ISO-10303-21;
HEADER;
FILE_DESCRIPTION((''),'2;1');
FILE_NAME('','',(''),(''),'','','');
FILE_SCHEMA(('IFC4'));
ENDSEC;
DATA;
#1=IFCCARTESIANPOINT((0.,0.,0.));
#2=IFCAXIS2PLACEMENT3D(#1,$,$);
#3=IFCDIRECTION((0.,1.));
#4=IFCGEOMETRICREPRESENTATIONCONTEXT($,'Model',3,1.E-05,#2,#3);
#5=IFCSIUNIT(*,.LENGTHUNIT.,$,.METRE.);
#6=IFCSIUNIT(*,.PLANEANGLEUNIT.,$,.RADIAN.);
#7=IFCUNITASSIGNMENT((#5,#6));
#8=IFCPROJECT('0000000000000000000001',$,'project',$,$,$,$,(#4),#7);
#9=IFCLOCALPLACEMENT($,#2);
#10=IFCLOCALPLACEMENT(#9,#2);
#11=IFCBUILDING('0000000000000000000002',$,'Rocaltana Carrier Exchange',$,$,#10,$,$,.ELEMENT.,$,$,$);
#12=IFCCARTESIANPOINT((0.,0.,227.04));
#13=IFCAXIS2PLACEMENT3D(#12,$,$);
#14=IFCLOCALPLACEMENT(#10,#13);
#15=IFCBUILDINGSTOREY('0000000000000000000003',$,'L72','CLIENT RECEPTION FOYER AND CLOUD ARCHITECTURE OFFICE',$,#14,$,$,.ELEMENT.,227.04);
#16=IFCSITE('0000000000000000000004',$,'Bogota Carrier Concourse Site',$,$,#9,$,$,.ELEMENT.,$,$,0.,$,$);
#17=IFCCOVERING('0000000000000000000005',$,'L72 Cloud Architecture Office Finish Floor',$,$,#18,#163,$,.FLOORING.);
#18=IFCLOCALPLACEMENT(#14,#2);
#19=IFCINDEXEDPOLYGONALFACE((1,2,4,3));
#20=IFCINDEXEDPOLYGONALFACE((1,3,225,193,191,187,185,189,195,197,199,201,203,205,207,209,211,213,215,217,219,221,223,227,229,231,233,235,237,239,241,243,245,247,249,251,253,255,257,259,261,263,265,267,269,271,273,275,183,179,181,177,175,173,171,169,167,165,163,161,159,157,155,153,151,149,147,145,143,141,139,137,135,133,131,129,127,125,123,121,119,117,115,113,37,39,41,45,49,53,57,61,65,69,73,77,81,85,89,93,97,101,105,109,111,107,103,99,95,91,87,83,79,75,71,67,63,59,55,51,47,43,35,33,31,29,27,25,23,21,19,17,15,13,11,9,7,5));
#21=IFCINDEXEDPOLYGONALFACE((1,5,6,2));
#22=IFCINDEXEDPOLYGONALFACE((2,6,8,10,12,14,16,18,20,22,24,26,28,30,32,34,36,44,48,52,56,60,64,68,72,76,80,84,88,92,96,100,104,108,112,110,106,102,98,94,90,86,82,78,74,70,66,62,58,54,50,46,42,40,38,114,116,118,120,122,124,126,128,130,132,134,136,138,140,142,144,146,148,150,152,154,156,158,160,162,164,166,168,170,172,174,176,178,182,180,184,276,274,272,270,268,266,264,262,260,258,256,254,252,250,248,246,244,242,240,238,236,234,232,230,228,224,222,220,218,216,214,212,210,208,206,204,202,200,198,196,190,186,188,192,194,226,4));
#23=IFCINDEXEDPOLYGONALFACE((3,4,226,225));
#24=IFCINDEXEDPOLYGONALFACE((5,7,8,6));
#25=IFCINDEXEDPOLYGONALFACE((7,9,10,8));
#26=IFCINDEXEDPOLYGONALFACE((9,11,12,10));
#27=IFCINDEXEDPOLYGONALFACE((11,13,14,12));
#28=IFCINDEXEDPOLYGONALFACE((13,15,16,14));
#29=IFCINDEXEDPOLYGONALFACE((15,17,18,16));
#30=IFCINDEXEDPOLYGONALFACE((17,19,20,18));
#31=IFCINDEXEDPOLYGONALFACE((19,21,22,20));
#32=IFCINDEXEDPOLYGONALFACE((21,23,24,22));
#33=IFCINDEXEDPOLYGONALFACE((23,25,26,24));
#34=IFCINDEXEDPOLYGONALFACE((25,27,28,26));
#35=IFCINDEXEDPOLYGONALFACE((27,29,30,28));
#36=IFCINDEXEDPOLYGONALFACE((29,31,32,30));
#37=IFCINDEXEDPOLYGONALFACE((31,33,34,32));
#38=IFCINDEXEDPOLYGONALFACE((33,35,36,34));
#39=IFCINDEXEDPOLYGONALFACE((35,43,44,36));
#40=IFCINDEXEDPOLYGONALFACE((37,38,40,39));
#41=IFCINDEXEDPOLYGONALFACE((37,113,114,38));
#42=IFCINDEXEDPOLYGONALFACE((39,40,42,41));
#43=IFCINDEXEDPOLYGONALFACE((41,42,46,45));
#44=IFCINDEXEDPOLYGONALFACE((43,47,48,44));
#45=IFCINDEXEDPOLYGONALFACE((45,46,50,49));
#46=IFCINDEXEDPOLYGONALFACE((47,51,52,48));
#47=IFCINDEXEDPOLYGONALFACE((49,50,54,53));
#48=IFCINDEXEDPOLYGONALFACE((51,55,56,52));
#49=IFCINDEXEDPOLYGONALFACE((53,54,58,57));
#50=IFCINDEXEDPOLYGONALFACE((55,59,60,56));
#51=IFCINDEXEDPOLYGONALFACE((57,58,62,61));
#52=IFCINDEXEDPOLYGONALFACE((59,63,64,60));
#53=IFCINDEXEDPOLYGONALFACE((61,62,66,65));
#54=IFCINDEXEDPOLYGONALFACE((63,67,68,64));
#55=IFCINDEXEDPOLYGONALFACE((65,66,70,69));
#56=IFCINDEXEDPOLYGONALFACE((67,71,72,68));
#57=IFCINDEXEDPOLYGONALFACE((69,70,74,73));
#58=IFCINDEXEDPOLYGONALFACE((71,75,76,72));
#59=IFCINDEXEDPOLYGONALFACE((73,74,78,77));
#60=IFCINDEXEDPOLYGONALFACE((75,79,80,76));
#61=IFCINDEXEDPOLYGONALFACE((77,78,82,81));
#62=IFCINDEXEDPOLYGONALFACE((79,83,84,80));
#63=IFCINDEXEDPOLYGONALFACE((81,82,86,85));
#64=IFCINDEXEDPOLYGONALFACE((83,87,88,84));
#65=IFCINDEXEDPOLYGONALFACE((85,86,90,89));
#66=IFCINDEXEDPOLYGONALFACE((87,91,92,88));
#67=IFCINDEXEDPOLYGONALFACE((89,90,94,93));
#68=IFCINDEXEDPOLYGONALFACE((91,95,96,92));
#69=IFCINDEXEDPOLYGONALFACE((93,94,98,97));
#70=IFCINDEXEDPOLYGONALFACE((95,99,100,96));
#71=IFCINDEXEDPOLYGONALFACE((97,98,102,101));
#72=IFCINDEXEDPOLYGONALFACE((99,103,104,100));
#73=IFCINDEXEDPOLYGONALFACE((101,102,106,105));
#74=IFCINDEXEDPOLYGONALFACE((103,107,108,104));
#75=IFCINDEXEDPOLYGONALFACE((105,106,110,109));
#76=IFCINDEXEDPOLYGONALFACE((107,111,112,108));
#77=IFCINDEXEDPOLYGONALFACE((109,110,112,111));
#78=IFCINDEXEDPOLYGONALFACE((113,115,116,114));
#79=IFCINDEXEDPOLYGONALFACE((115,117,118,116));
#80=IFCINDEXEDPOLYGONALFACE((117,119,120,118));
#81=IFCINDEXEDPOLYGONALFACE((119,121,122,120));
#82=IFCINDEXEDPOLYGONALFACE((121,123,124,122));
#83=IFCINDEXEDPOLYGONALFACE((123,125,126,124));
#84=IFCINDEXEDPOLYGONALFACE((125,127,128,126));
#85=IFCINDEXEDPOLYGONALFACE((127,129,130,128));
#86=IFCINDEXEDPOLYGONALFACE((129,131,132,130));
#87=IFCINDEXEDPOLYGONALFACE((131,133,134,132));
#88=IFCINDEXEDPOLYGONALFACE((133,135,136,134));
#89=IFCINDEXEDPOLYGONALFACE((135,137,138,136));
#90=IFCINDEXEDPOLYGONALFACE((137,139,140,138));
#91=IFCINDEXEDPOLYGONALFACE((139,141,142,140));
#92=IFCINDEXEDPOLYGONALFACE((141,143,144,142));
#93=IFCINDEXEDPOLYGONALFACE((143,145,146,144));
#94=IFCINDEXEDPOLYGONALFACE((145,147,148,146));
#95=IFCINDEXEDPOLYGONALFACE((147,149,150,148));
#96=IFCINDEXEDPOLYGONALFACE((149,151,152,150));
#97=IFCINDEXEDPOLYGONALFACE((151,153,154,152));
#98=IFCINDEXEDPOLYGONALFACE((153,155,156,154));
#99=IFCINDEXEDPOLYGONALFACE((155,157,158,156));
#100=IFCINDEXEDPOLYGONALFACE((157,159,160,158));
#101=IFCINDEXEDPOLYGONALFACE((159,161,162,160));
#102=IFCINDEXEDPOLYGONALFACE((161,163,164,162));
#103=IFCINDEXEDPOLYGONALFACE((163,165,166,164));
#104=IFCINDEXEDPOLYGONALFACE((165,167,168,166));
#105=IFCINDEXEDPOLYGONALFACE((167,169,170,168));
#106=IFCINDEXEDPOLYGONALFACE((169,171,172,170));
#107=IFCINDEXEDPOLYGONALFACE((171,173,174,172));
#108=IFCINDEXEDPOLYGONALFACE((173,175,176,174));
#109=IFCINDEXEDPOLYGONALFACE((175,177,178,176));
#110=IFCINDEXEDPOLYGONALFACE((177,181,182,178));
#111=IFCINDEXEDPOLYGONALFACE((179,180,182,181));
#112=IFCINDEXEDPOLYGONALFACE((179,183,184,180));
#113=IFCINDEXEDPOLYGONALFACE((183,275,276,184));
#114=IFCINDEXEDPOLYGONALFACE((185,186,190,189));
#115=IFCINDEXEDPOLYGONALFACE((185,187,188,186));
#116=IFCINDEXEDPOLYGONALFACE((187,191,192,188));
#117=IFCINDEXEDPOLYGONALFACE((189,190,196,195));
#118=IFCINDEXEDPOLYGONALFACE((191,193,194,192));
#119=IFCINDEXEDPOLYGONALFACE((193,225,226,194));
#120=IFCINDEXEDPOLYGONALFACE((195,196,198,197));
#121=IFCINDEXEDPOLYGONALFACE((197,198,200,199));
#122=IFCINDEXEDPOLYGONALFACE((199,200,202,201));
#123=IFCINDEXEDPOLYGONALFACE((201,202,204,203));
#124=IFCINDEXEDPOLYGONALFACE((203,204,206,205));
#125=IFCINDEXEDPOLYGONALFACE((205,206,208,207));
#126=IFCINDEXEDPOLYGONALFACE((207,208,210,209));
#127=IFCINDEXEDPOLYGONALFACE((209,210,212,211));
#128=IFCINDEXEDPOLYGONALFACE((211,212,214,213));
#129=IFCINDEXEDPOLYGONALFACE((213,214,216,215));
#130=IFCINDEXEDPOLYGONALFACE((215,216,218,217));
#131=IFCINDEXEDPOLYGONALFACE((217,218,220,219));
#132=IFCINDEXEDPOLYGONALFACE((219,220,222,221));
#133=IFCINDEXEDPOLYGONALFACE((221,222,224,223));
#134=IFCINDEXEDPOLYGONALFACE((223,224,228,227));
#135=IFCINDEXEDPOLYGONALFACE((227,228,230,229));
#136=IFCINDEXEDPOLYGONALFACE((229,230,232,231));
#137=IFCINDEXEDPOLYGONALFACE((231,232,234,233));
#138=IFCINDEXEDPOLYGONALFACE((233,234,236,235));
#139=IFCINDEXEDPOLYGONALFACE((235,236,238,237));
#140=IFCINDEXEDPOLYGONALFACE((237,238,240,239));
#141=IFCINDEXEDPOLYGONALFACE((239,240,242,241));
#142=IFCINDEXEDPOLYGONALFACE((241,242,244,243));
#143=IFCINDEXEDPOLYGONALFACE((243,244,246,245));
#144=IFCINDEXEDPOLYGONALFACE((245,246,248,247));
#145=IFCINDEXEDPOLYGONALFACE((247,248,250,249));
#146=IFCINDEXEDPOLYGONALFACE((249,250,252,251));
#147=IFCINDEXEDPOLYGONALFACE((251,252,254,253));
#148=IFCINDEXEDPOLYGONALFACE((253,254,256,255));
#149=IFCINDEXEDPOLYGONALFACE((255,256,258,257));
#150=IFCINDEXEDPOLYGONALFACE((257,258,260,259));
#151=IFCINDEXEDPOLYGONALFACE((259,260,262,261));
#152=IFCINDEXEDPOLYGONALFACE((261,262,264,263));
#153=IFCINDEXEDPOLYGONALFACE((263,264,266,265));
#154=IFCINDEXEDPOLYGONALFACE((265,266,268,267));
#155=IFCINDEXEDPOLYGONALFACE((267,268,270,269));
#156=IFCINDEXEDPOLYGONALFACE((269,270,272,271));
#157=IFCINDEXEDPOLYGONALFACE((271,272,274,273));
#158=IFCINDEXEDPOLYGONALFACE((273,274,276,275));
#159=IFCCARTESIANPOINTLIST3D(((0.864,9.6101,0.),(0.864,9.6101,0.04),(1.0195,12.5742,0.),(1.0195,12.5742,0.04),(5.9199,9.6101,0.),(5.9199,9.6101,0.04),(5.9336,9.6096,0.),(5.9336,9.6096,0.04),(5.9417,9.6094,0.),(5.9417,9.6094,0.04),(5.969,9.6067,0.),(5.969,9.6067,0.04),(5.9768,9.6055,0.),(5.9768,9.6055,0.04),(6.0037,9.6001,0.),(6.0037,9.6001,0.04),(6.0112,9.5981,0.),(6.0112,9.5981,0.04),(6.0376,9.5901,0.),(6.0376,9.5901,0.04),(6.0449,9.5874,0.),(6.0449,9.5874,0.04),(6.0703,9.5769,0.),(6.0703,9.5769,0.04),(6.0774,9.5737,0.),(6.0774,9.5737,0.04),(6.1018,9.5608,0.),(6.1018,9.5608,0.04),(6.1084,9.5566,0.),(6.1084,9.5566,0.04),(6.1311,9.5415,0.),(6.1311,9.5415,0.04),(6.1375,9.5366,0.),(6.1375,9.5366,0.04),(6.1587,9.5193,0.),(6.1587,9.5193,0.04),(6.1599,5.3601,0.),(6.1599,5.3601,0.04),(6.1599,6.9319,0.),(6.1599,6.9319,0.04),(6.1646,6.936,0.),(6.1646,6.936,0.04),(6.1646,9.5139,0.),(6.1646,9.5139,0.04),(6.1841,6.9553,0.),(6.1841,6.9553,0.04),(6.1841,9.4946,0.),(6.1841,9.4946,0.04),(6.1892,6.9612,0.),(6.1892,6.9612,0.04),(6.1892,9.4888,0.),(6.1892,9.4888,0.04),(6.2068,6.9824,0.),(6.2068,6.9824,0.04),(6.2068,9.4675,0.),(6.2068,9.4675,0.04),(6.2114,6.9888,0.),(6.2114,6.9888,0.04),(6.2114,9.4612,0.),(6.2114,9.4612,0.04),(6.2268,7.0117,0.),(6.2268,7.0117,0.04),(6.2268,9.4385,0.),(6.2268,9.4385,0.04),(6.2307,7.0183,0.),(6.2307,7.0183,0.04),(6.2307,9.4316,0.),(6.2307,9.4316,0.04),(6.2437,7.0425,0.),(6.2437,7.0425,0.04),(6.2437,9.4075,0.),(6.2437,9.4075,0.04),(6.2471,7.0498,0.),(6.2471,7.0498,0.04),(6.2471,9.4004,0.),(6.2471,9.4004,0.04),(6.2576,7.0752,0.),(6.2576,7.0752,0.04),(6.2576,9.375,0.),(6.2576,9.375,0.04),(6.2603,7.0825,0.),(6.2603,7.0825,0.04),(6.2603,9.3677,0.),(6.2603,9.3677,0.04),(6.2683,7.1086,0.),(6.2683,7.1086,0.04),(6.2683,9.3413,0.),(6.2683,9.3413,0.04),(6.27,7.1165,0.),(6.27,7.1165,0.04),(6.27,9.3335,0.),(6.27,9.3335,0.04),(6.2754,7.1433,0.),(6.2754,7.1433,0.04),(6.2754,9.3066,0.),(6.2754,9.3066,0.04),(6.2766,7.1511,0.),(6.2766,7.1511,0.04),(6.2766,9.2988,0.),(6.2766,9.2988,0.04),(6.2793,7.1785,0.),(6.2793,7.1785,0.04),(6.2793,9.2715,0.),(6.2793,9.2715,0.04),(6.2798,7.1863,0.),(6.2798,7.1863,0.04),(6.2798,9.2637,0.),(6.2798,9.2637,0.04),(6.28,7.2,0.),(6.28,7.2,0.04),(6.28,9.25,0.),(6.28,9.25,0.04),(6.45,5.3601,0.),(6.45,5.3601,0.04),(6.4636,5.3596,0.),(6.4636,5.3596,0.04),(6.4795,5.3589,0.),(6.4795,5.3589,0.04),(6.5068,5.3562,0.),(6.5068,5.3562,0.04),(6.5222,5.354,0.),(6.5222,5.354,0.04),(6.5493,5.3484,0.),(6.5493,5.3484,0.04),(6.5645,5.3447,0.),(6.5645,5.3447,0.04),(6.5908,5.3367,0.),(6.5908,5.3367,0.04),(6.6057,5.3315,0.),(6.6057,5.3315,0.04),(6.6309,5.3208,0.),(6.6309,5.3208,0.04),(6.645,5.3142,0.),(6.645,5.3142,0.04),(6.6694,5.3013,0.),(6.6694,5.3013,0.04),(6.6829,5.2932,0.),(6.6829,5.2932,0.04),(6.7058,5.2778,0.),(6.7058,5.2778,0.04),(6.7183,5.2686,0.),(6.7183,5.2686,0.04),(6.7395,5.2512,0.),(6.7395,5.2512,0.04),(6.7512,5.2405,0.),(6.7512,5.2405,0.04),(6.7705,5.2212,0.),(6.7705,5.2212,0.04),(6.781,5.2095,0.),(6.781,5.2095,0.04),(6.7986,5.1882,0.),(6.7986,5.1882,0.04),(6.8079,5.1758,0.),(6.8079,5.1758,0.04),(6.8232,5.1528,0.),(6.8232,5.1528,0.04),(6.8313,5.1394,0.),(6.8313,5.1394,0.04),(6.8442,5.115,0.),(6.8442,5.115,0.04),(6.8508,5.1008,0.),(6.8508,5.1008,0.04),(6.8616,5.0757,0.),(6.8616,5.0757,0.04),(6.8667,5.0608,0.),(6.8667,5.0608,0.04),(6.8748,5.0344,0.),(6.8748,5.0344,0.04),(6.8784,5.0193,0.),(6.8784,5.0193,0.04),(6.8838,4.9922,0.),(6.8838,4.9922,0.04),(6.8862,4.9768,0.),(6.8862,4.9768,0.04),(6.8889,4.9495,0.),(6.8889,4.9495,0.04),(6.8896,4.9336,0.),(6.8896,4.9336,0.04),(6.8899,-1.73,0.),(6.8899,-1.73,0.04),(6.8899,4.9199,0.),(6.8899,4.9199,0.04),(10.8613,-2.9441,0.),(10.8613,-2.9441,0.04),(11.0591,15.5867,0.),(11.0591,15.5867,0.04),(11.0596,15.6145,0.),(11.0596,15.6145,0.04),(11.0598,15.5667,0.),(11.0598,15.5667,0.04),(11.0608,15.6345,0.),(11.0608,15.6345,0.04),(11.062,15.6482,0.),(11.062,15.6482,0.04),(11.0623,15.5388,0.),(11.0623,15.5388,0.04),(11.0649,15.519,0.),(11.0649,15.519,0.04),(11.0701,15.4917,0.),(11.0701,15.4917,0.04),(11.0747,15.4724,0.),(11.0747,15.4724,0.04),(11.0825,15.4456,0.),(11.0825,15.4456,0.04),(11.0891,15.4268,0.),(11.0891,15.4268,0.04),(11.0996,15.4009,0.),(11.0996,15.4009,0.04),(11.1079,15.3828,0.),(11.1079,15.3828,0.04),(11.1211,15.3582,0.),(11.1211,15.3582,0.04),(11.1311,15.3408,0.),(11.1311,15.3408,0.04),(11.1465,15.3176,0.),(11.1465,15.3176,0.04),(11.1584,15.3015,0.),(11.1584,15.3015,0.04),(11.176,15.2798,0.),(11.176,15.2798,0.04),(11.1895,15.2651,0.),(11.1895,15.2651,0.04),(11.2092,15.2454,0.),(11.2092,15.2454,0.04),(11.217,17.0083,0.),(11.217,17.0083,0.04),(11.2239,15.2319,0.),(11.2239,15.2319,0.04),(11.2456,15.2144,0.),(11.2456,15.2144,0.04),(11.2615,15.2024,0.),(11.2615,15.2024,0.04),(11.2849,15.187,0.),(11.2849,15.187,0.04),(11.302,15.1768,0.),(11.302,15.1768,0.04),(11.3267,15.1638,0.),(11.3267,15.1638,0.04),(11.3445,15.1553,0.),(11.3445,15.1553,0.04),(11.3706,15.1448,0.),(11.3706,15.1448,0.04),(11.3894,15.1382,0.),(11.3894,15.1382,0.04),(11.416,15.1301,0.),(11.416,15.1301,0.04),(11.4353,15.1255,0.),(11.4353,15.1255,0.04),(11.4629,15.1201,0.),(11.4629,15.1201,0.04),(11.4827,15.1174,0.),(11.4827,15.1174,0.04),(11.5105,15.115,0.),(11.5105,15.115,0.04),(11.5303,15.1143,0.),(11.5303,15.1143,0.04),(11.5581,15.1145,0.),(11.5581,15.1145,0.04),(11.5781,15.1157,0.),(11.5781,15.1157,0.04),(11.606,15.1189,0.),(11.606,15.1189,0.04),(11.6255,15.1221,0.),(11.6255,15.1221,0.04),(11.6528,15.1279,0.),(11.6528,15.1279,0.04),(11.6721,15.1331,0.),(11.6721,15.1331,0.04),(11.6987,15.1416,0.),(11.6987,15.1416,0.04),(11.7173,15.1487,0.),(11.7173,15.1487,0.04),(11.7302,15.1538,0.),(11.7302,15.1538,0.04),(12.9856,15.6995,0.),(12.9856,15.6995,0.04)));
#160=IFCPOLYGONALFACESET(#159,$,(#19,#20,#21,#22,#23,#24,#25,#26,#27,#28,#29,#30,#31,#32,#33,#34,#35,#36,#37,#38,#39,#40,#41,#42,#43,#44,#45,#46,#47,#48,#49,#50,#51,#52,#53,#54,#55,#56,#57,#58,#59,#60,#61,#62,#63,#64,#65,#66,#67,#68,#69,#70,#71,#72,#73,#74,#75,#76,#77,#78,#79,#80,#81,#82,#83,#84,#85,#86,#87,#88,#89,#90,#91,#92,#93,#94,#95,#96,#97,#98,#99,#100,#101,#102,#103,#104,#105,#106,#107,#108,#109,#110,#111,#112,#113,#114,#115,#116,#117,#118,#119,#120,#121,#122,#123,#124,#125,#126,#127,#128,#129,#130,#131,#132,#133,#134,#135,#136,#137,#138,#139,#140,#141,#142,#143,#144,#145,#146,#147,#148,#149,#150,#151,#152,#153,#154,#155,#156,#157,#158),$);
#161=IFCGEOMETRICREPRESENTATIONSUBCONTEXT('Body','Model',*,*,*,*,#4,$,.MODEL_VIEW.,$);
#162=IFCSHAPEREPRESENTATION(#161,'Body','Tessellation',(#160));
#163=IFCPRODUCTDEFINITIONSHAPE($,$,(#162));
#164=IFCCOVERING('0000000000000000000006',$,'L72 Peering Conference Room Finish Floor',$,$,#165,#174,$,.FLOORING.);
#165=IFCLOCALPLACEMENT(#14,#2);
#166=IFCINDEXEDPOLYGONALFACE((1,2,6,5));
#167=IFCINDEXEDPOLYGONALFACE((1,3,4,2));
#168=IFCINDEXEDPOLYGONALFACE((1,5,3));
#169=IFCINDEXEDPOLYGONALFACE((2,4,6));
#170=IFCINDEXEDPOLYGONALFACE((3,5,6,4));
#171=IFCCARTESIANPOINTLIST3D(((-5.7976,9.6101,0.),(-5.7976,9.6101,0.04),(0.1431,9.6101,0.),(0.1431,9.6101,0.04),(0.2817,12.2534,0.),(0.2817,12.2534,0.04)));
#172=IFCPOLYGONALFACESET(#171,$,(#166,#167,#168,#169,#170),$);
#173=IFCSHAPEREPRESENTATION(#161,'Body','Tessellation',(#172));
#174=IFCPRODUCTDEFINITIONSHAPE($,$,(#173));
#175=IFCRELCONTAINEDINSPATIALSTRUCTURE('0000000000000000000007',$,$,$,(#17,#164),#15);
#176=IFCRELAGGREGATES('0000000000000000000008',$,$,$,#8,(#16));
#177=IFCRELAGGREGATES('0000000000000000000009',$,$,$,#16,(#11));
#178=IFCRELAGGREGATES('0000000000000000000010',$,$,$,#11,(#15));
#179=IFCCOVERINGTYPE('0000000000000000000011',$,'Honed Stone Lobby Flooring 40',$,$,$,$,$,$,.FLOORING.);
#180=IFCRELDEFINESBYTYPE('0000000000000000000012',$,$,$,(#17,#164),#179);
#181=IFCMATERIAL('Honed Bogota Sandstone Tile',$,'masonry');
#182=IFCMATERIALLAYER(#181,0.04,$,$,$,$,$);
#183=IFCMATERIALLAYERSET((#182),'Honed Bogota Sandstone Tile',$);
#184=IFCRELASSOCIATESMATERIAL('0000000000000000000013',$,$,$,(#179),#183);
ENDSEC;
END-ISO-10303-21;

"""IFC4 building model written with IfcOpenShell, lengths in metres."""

from ifc_helpers import new_model, si_unit, direction, frame, origin, place, context, subcontext, project, spatial, polyline, outline, extrude, material, layer, layer_set, type_object, element, save


model = new_model("IFC4")

# Units and contexts
model_context = context("Model", 3, precision=1e-05, world=origin(), true_north=direction((0.0, 1.0)))
body_context = subcontext(model_context, "Body", "Model", "MODEL_VIEW")
ifc_project = project(units=[si_unit("LENGTHUNIT", "METRE"), si_unit("PLANEANGLEUNIT", "RADIAN")], contexts=[model_context])

# Site, building, storey
site_placement = place(None, origin())
site = spatial("IfcSite", under=ifc_project, at=site_placement, Name="Bogota Carrier Concourse Site", CompositionType="ELEMENT", RefElevation=0.0)
building_placement = place(site_placement, origin())
building = spatial("IfcBuilding", under=site, at=building_placement, Name="Rocaltana Carrier Exchange", CompositionType="ELEMENT")
storey_placement = place(building_placement, frame((0.0, 0.0, 227.04)))
storey = spatial("IfcBuildingStorey", under=building, at=storey_placement, Name="L72", Description="CLIENT RECEPTION FOYER AND CLOUD ARCHITECTURE OFFICE", CompositionType="ELEMENT", Elevation=227.04)

# Coverings
ifc_material_1 = material(Name="Honed Bogota Sandstone Tile", Category="masonry")
ifc_layer_1 = layer(ifc_material_1, 0.04)
ifc_layer_set_1 = layer_set([ifc_layer_1], Name="Honed Bogota Sandstone Tile")
covering_type_1 = type_object("IfcCoveringType", Name="Honed Stone Lobby Flooring 40", PredefinedType="FLOORING", material=ifc_layer_set_1)
covering_1_placement = place(storey_placement, origin())
element("IfcCovering", 1, at=covering_1_placement, inside=storey, type_object=covering_type_1, Name="L72 Cloud Architecture Office Finish Floor", PredefinedType="FLOORING", context=body_context, shape_type="SweptSolid", body=[
    extrude(outline(polyline([(6.1599, 6.9319), (6.1646, 6.936), (6.1841, 6.9553), (6.1892, 6.9612), (6.2068, 6.9824), (6.2114, 6.9888), (6.2268, 7.0117), (6.2307, 7.0183), (6.2437, 7.0425), (6.2471, 7.0498), (6.2576, 7.0752), (6.2603, 7.0825), (6.2683, 7.1086), (6.27, 7.1165), (6.2754, 7.1433), (6.2766, 7.1511), (6.2793, 7.1785), (6.2798, 7.1863), (6.28, 7.2), (6.28, 9.25), (6.2798, 9.2637), (6.2793, 9.2715), (6.2766, 9.2988), (6.2754, 9.3066), (6.27, 9.3335), (6.2683, 9.3413), (6.2603, 9.3677), (6.2576, 9.375), (6.2471, 9.4004), (6.2437, 9.4075), (6.2307, 9.4316), (6.2268, 9.4385), (6.2114, 9.4612), (6.2068, 9.4675), (6.1892, 9.4888), (6.1841, 9.4946), (6.1646, 9.5139), (6.1587, 9.5193), (6.1375, 9.5366), (6.1311, 9.5415), (6.1084, 9.5566), (6.1018, 9.5608), (6.0774, 9.5737), (6.0703, 9.5769), (6.0449, 9.5874), (6.0376, 9.5901), (6.0112, 9.5981), (6.0037, 9.6001), (5.9768, 9.6055), (5.969, 9.6067), (5.9417, 9.6094), (5.9336, 9.6096), (5.9199, 9.6101), (0.864, 9.6101), (1.0195, 12.5742), (11.217, 17.0083), (11.062, 15.6482), (11.0608, 15.6345), (11.0596, 15.6145), (11.0591, 15.5867), (11.0598, 15.5667), (11.0623, 15.5388), (11.0649, 15.519), (11.0701, 15.4917), (11.0747, 15.4724), (11.0825, 15.4456), (11.0891, 15.4268), (11.0996, 15.4009), (11.1079, 15.3828), (11.1211, 15.3582), (11.1311, 15.3408), (11.1465, 15.3176), (11.1584, 15.3015), (11.176, 15.2798), (11.1895, 15.2651), (11.2092, 15.2454), (11.2239, 15.2319), (11.2456, 15.2144), (11.2615, 15.2024), (11.2849, 15.187), (11.302, 15.1768), (11.3267, 15.1638), (11.3445, 15.1553), (11.3706, 15.1448), (11.3894, 15.1382), (11.416, 15.1301), (11.4353, 15.1255), (11.4629, 15.1201), (11.4827, 15.1174), (11.5105, 15.115), (11.5303, 15.1143), (11.5581, 15.1145), (11.5781, 15.1157), (11.606, 15.1189), (11.6255, 15.1221), (11.6528, 15.1279), (11.6721, 15.1331), (11.6987, 15.1416), (11.7173, 15.1487), (11.7302, 15.1538), (12.9856, 15.6995), (10.8613, -2.9441), (6.8899, -1.73), (6.8899, 4.9199), (6.8896, 4.9336), (6.8889, 4.9495), (6.8862, 4.9768), (6.8838, 4.9922), (6.8784, 5.0193), (6.8748, 5.0344), (6.8667, 5.0608), (6.8616, 5.0757), (6.8508, 5.1008), (6.8442, 5.115), (6.8313, 5.1394), (6.8232, 5.1528), (6.8079, 5.1758), (6.7986, 5.1882), (6.781, 5.2095), (6.7705, 5.2212), (6.7512, 5.2405), (6.7395, 5.2512), (6.7183, 5.2686), (6.7058, 5.2778), (6.6829, 5.2932), (6.6694, 5.3013), (6.645, 5.3142), (6.6309, 5.3208), (6.6057, 5.3315), (6.5908, 5.3367), (6.5645, 5.3447), (6.5493, 5.3484), (6.5222, 5.354), (6.5068, 5.3562), (6.4795, 5.3589), (6.4636, 5.3596), (6.45, 5.3601), (6.1599, 5.3601), (6.1599, 6.9319)])), origin(), (0.0, 0.0, 1.0), 0.04),
])
covering_2_placement = place(storey_placement, origin())
element("IfcCovering", 2, at=covering_2_placement, inside=storey, type_object=covering_type_1, Name="L72 Peering Conference Room Finish Floor", PredefinedType="FLOORING", context=body_context, shape_type="SweptSolid", body=[
    extrude(outline(polyline([(-5.7976, 9.6101), (0.2817, 12.2534), (0.1431, 9.6101), (-5.7976, 9.6101)])), origin(), (0.0, 0.0, 1.0), 0.04),
])

save(model, "model.ifc")
